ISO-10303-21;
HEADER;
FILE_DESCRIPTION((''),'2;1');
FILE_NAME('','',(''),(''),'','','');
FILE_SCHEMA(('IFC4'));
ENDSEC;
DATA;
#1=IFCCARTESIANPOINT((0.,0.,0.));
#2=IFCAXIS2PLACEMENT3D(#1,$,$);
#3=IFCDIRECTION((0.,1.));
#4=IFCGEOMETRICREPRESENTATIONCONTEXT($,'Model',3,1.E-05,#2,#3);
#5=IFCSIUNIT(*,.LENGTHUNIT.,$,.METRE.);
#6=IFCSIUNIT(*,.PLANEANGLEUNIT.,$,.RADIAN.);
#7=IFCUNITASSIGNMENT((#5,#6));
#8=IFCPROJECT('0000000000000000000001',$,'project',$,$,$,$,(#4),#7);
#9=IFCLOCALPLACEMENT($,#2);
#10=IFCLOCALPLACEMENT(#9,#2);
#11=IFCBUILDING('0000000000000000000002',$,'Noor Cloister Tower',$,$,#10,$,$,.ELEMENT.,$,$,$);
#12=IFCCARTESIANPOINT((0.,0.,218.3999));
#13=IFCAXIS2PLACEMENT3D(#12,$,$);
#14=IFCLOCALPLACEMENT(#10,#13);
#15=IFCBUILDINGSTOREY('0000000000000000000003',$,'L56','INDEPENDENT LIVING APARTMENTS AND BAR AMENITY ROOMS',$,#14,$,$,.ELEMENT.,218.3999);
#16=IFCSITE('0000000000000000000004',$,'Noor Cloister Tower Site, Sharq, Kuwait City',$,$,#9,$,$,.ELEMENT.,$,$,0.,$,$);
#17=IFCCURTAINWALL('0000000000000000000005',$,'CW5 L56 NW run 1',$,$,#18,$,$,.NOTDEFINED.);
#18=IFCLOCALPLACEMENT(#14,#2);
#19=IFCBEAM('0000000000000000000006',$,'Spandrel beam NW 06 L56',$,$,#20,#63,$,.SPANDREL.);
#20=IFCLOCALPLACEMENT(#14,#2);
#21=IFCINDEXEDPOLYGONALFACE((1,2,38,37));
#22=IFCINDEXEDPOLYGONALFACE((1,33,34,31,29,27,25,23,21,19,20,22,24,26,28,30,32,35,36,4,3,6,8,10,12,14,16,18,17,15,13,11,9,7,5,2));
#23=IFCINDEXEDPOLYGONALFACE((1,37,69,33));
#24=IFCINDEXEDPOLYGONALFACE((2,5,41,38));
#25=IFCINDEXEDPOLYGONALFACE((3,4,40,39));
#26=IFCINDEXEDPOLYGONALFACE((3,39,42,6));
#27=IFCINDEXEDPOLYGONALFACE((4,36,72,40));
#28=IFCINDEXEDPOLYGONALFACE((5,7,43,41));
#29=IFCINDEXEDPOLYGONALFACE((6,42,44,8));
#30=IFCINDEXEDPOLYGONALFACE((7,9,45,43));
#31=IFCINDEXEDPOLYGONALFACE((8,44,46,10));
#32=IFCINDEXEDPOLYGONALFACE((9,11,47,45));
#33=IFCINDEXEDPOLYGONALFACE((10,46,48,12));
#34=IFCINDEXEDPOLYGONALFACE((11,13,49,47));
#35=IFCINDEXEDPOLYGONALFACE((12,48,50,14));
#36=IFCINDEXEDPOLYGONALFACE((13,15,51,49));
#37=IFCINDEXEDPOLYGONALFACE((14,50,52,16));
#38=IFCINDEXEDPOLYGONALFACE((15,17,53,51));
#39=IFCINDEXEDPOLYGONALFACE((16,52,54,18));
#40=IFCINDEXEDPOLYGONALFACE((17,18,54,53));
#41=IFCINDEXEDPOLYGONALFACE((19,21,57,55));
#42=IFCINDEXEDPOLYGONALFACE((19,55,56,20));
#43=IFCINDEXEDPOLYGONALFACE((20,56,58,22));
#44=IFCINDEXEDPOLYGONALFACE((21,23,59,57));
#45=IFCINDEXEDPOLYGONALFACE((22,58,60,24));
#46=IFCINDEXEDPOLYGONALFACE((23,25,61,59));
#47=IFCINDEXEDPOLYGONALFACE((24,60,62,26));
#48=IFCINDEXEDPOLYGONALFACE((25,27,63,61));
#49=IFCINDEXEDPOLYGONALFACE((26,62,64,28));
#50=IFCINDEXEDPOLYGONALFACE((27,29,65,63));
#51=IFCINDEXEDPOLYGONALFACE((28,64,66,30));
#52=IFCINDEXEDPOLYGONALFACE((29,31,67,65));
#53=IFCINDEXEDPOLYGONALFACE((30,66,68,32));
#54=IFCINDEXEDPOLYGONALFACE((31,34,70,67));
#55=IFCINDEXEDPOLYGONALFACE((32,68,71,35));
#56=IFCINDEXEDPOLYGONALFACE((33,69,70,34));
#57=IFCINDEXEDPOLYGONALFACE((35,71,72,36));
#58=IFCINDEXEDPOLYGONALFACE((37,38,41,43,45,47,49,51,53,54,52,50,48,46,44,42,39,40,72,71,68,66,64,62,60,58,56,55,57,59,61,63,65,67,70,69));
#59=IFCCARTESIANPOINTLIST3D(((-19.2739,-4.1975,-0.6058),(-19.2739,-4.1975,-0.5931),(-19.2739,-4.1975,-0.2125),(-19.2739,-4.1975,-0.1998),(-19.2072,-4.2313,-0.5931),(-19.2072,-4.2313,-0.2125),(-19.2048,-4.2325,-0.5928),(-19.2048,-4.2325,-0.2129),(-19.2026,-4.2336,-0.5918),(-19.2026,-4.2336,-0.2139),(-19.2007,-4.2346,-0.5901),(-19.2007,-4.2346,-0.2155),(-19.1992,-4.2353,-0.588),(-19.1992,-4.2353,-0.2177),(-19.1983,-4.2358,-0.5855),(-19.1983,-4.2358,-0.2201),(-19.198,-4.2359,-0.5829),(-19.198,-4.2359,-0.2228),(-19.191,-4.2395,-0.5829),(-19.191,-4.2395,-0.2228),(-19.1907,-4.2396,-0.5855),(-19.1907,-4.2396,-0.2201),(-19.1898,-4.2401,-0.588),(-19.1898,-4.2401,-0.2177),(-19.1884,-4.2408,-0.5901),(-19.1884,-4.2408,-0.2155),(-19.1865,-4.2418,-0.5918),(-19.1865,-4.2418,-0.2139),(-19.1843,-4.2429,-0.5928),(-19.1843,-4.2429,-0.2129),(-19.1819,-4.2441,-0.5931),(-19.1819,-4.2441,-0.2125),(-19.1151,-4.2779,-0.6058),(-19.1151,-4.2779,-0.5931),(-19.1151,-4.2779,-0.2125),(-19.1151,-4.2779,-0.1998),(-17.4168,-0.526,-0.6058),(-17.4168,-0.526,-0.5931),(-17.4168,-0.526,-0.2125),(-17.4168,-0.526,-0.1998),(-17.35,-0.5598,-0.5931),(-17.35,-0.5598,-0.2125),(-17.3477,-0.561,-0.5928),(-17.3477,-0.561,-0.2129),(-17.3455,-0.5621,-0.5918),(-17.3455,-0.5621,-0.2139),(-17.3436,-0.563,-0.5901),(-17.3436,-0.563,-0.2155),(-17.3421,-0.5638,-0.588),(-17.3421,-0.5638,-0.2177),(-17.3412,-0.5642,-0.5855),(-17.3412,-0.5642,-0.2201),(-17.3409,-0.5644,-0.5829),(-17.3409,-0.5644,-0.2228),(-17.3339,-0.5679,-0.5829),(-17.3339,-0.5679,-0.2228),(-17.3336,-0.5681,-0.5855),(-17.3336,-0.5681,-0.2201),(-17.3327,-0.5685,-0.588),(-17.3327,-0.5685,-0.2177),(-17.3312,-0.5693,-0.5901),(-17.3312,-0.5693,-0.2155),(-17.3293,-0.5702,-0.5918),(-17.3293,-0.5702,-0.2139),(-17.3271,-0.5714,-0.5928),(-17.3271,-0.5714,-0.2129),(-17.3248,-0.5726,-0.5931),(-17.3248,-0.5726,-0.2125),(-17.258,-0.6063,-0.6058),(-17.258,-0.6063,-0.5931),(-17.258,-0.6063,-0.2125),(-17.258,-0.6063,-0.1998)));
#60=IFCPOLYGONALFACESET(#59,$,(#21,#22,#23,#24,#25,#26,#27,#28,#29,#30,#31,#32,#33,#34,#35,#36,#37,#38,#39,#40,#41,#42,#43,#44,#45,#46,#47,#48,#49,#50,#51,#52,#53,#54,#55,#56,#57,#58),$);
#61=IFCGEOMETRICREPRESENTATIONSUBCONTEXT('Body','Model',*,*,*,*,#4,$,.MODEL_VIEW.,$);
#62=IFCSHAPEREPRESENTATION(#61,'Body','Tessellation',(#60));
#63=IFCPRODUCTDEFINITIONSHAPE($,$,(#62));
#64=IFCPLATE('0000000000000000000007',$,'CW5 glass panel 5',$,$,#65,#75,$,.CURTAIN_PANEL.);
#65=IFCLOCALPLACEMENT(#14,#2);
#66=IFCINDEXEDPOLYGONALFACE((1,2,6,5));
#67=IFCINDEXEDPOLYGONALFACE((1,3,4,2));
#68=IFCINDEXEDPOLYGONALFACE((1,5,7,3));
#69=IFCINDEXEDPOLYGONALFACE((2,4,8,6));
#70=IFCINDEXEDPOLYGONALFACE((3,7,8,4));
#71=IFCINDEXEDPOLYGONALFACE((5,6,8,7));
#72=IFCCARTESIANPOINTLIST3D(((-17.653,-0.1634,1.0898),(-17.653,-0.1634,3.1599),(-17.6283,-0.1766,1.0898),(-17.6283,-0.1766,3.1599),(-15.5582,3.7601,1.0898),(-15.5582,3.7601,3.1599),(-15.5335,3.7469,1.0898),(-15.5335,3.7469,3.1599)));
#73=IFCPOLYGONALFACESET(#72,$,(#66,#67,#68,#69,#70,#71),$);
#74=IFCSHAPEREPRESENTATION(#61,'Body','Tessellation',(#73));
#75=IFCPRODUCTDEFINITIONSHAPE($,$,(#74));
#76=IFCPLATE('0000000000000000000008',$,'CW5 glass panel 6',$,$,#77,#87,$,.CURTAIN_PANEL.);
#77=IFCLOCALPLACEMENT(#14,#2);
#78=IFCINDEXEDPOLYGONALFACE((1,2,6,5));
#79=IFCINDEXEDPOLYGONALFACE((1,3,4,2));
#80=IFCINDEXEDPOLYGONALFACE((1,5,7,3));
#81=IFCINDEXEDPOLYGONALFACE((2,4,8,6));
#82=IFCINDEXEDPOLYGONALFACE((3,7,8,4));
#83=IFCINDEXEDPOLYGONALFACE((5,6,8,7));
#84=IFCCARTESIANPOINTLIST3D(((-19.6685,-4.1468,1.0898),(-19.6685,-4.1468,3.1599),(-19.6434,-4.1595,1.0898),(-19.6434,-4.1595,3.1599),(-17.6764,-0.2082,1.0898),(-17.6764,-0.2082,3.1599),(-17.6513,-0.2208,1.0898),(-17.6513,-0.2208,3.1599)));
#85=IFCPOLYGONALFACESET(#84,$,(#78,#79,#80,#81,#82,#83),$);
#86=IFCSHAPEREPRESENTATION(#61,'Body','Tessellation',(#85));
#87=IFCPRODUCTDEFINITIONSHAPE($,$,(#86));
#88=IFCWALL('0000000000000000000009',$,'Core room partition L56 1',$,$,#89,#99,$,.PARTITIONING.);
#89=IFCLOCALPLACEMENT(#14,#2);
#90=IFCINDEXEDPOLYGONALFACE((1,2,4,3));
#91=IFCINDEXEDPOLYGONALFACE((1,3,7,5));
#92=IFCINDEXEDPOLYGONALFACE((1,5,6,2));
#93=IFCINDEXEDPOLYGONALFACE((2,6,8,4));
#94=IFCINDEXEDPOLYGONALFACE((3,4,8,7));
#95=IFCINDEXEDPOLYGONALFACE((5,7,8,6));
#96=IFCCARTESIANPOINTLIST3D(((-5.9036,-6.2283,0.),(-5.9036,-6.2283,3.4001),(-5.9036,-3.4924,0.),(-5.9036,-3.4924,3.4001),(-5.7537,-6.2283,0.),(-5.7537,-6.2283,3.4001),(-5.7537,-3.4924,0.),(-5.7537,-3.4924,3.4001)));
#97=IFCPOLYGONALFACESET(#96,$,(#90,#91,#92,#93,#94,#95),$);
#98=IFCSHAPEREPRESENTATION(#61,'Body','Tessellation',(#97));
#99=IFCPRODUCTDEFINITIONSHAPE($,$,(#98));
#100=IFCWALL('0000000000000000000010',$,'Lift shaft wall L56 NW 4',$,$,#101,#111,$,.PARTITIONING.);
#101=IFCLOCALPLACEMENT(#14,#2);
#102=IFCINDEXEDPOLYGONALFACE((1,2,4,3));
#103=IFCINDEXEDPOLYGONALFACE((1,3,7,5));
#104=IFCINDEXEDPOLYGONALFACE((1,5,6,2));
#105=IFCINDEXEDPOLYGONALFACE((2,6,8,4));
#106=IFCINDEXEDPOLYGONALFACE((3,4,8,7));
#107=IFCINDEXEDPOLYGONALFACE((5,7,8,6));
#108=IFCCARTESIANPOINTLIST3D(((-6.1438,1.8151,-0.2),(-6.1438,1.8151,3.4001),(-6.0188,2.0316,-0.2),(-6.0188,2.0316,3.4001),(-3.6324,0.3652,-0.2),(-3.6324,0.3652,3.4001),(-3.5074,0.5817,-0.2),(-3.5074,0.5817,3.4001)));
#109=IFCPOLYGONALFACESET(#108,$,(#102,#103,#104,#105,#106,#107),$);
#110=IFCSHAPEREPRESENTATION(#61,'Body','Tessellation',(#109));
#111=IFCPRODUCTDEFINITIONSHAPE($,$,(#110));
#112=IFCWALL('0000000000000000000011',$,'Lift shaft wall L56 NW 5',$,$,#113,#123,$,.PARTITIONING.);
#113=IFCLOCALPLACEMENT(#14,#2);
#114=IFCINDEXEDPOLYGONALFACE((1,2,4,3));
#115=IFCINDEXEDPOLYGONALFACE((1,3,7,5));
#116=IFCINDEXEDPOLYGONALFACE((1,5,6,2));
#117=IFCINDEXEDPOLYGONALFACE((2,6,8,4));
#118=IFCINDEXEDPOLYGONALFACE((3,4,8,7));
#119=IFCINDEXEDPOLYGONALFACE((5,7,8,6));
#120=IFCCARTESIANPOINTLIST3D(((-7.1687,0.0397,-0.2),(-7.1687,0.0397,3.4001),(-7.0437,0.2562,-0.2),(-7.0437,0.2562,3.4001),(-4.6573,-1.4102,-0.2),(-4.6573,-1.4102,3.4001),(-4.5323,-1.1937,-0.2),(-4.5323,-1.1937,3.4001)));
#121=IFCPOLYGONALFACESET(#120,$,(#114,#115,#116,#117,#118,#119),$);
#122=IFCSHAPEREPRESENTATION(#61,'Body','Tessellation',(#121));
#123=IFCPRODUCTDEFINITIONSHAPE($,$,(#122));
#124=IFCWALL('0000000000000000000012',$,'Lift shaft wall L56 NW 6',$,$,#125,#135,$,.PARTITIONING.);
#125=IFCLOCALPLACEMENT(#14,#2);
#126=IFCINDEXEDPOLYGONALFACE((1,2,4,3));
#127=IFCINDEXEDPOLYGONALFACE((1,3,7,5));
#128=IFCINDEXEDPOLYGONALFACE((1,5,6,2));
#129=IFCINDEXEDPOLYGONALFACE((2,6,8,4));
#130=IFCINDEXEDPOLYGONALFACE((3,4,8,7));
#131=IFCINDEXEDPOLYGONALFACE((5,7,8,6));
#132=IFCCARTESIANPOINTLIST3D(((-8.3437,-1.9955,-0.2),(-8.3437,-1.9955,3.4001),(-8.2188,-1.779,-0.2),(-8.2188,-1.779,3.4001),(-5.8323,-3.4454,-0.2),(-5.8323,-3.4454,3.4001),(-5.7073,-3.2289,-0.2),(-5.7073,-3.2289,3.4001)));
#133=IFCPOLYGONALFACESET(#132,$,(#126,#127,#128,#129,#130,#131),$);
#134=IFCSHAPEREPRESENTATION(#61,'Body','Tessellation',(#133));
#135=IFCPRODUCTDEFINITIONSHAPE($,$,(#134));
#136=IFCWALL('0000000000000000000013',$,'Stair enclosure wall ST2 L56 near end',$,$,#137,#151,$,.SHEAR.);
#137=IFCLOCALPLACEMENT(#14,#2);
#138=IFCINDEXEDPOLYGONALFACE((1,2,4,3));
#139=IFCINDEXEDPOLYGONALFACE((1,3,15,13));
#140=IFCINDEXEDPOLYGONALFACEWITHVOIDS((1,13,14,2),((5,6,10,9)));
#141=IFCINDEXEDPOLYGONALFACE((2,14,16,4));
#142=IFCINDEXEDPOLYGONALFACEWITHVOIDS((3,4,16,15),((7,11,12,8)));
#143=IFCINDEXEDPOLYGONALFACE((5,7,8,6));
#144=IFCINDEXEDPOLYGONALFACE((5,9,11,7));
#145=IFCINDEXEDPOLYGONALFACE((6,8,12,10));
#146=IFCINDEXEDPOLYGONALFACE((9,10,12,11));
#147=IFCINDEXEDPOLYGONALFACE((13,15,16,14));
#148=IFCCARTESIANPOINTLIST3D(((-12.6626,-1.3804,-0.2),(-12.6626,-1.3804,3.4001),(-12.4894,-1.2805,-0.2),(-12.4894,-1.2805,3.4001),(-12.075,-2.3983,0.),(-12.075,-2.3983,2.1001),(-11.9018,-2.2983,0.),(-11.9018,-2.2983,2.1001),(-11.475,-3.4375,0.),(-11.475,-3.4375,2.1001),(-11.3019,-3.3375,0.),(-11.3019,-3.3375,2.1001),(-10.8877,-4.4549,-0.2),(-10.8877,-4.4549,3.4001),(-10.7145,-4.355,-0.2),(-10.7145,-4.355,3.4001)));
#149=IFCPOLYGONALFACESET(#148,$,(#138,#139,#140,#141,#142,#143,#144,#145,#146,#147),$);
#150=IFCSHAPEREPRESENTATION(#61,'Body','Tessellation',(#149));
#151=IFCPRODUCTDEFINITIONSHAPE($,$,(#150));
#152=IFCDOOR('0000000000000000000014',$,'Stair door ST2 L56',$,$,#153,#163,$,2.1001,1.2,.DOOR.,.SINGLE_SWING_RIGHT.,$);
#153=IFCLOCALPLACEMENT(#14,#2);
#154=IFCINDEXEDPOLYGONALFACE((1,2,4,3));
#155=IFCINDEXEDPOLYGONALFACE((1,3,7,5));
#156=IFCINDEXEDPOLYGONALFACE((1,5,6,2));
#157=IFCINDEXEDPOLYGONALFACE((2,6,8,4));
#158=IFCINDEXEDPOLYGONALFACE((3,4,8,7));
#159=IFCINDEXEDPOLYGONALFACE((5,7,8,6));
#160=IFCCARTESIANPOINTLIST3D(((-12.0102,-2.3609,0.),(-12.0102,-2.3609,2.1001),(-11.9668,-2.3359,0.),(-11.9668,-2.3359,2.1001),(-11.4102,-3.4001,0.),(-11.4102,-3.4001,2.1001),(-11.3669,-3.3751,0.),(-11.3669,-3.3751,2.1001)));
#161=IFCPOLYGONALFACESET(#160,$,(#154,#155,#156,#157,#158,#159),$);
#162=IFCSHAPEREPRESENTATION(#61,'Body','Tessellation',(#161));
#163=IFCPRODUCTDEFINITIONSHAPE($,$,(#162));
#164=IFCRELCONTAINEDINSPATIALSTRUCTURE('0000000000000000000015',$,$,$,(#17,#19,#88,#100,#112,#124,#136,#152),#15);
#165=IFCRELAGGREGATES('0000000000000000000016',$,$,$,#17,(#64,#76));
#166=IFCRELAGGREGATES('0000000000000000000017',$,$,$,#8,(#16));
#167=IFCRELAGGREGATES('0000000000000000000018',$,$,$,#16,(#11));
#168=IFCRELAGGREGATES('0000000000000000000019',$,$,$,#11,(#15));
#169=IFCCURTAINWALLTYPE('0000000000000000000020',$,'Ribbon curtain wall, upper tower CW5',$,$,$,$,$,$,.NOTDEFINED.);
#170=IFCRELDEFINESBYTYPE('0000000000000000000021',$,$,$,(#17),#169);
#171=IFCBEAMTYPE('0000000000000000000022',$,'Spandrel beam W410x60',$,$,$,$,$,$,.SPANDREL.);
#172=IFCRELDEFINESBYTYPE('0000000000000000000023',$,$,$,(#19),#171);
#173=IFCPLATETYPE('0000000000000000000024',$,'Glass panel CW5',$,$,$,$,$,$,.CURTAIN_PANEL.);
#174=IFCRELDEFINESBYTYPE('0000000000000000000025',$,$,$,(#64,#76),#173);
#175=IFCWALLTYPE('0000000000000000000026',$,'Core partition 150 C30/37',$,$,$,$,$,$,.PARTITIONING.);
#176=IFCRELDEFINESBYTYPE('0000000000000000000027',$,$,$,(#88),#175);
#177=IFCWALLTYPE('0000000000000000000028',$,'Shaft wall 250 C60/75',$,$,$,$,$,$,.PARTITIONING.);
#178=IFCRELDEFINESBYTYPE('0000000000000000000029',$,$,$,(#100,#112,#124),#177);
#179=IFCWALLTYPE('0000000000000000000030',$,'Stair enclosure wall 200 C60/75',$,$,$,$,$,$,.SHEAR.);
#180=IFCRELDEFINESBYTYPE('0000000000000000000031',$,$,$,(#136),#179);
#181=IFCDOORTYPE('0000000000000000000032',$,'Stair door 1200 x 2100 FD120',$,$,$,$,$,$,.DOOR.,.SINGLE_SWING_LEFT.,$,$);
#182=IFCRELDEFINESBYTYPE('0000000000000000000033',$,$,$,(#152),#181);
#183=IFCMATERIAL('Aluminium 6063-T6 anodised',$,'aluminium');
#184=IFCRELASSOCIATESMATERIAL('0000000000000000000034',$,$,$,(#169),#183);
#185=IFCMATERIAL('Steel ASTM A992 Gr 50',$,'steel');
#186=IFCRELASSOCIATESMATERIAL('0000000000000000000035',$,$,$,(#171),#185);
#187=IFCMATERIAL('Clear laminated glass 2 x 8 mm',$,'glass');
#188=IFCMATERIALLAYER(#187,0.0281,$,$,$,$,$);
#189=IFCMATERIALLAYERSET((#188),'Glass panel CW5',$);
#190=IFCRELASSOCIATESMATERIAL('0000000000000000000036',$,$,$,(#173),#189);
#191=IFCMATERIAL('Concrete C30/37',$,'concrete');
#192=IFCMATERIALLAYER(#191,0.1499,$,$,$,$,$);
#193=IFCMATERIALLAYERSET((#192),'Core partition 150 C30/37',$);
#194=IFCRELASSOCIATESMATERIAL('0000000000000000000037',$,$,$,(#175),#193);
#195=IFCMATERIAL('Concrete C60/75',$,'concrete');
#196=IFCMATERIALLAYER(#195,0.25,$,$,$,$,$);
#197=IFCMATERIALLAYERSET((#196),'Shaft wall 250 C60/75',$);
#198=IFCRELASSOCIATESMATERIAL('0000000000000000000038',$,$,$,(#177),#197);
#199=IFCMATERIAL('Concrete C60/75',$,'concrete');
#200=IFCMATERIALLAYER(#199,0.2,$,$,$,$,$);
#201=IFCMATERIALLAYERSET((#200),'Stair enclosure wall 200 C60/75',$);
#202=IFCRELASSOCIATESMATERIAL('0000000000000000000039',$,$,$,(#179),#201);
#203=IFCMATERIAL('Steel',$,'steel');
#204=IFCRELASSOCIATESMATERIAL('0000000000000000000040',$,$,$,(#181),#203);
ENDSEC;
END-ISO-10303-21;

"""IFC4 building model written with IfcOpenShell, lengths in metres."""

from ifc_helpers import new_model, si_unit, direction, frame, frame_2d, origin, origin_2d, place, context, subcontext, project, spatial, rectangle, i_section, extrude, material, layer, layer_set, material_profile, profile_set, type_object, element, fill, aggregate, save


model = new_model("IFC4")

# Units and contexts
model_context = context("Model", 3, precision=1e-05, world=origin(), true_north=direction((0.0, 1.0)))
body_context = subcontext(model_context, "Body", "Model", "MODEL_VIEW")
ifc_project = project(units=[si_unit("LENGTHUNIT", "METRE"), si_unit("PLANEANGLEUNIT", "RADIAN")], contexts=[model_context])

# Site, building, storey
site_placement = place(None, origin())
site = spatial("IfcSite", under=ifc_project, at=site_placement, Name="Noor Cloister Tower Site, Sharq, Kuwait City", CompositionType="ELEMENT", RefElevation=0.0)
building_placement = place(site_placement, origin())
building = spatial("IfcBuilding", under=site, at=building_placement, Name="Noor Cloister Tower", CompositionType="ELEMENT")
storey_placement = place(building_placement, frame((0.0, 0.0, 218.3999)))
storey = spatial("IfcBuildingStorey", under=building, at=storey_placement, Name="L56", Description="INDEPENDENT LIVING APARTMENTS AND BAR AMENITY ROOMS", CompositionType="ELEMENT", Elevation=218.3999)

# Curtain wall
ifc_material_1 = material(Name="Aluminium 6063-T6 anodised", Category="aluminium")
curtain_wall_type = type_object("IfcCurtainWallType", Name="Ribbon curtain wall, upper tower CW5", PredefinedType="NOTDEFINED", material=ifc_material_1)
curtain_wall_placement = place(storey_placement, origin())
curtain_wall = element("IfcCurtainWall", 1, at=curtain_wall_placement, inside=storey, type_object=curtain_wall_type, Name="CW5 L56 NW run 1", PredefinedType="NOTDEFINED")

# Beam
ifc_material_2 = material(Name="Steel ASTM A992 Gr 50", Category="steel")
ifc_material_profile_1 = material_profile(ifc_material_2, i_section(OverallWidth=0.178, OverallDepth=0.406, WebThickness=0.0078, FlangeThickness=0.0127, FilletRadius=0.0103, at=origin_2d()), Name="W410x60")
ifc_profile_set_1 = profile_set([ifc_material_profile_1], Name="Steel ASTM A992 Gr 50")
beam_type_1 = type_object("IfcBeamType", Name="Spandrel beam W410x60", PredefinedType="SPANDREL", material=ifc_profile_set_1)
beam_1_placement = place(storey_placement, frame((-17.3374, -0.5662, -0.4028), z_axis=(-0.451362, -0.892341, 0.0), x_axis=(0.892341, -0.451362, 0.0)))
element("IfcBeam", 2, at=beam_1_placement, inside=storey, type_object=beam_type_1, Name="Spandrel beam NW 06 L56", PredefinedType="SPANDREL", context=body_context, shape_type="SweptSolid", body=[
    extrude(i_section(OverallWidth=0.178, OverallDepth=0.406, WebThickness=0.0078, FlangeThickness=0.0127, FilletRadius=0.0103, at=origin_2d()), origin(), (0.0, 0.0, 1.0), 4.1145),
])

# Plates
ifc_material_3 = material(Name="Clear laminated glass 2 x 8 mm", Category="glass")
ifc_layer_1 = layer(ifc_material_3, 0.0281)
ifc_layer_set_1 = layer_set([ifc_layer_1], Name="Glass panel CW5")
plate_type = type_object("IfcPlateType", Name="Glass panel CW5", PredefinedType="CURTAIN_PANEL", material=ifc_layer_set_1)
plate_1_placement = place(storey_placement, frame((-16.5933, 1.7917, 1.0898), z_axis=(0.0, 0.0, 1.0), x_axis=(-0.470978, -0.882145, 0.0)))
plate_1 = element("IfcPlate", 3, at=plate_1_placement, type_object=plate_type, Name="CW5 glass panel 5", PredefinedType="CURTAIN_PANEL", context=body_context, shape_type="SweptSolid", body=[
    extrude(rectangle(XDim=4.4478, YDim=0.0281, at=origin_2d()), origin(), (0.0, 0.0, 1.0), 2.0701),
])
plate_2_placement = place(storey_placement, frame((-18.6599, -2.1838, 1.0898), z_axis=(0.0, 0.0, 1.0), x_axis=(-0.451339, -0.892353, 0.0)))
plate_2 = element("IfcPlate", 4, at=plate_2_placement, type_object=plate_type, Name="CW5 glass panel 6", PredefinedType="CURTAIN_PANEL", context=body_context, shape_type="SweptSolid", body=[
    extrude(rectangle(XDim=4.4138, YDim=0.0281, at=origin_2d()), origin(), (0.0, 0.0, 1.0), 2.0701),
])
aggregate(curtain_wall, [plate_1, plate_2])

# Walls
ifc_material_4 = material(Name="Concrete C30/37", Category="concrete")
ifc_layer_2 = layer(ifc_material_4, 0.1499)
ifc_layer_set_2 = layer_set([ifc_layer_2], Name="Core partition 150 C30/37")
wall_type_1 = type_object("IfcWallType", Name="Core partition 150 C30/37", PredefinedType="PARTITIONING", material=ifc_layer_set_2)
wall_1_placement = place(storey_placement, frame((-5.8286, -3.4924, 0.0), z_axis=(0.0, 0.0, 1.0), x_axis=(0.0, -1.0, 0.0)))
element("IfcWall", 5, at=wall_1_placement, inside=storey, type_object=wall_type_1, Name="Core room partition L56 1", PredefinedType="PARTITIONING", context=body_context, shape_type="SweptSolid", body=[
    extrude(rectangle(XDim=2.7358, YDim=0.1499, at=frame_2d((1.3679, 0.0))), origin(), (0.0, 0.0, 1.0), 3.4001),
])
ifc_material_5 = material(Name="Concrete C60/75", Category="concrete")
ifc_layer_3 = layer(ifc_material_5, 0.25)
ifc_layer_set_3 = layer_set([ifc_layer_3], Name="Shaft wall 250 C60/75")
wall_type_2 = type_object("IfcWallType", Name="Shaft wall 250 C60/75", PredefinedType="PARTITIONING", material=ifc_layer_set_3)
for number, where, z_axis, x_axis, name in (
    (6, (-6.0813, 1.9233, -0.2), (0.0, 0.0, 1.0), (0.866033, -0.499987, 0.0), "Lift shaft wall L56 NW 4"),
    (7, (-7.1062, 0.1479, -0.2), (0.0, 0.0, 1.0), (0.866033, -0.499987, 0.0), "Lift shaft wall L56 NW 5"),
    (8, (-8.2812, -1.8872, -0.2), (0.0, 0.0, 1.0), (0.866033, -0.499987, 0.0), "Lift shaft wall L56 NW 6"),
):
    element("IfcWall", number, at=place(storey_placement, frame(where, z_axis=z_axis, x_axis=x_axis)), inside=storey, type_object=wall_type_2, Name=name, PredefinedType="PARTITIONING", context=body_context, shape_type="SweptSolid", body=[
        extrude(rectangle(XDim=2.8999, YDim=0.25, at=frame_2d((1.45, 0.0))), origin(), (0.0, 0.0, 1.0), 3.6001),
    ])

# Wall, opening, door
ifc_material_6 = material(Name="Concrete C60/75", Category="concrete")
ifc_layer_4 = layer(ifc_material_6, 0.2)
ifc_layer_set_4 = layer_set([ifc_layer_4], Name="Stair enclosure wall 200 C60/75")
wall_type_3 = type_object("IfcWallType", Name="Stair enclosure wall 200 C60/75", PredefinedType="SHEAR", material=ifc_layer_set_4)
wall_2_placement = place(storey_placement, frame((-12.5759, -1.3306, -0.2), z_axis=(0.0, 0.0, 1.0), x_axis=(0.49997, -0.866042, 0.0)))
wall_2 = element("IfcWall", 9, at=wall_2_placement, inside=storey, type_object=wall_type_3, Name="Stair enclosure wall ST2 L56 near end", PredefinedType="SHEAR", context=body_context, shape_type="SweptSolid", body=[
    extrude(rectangle(XDim=3.55, YDim=0.2, at=frame_2d((1.7749, 0.0))), origin(), (0.0, 0.0, 1.0), 3.6001),
])
opening_1_placement = place(wall_2_placement, frame((1.175, 0.0, 0.2)))
opening_1 = element("IfcOpeningElement", 10, at=opening_1_placement, cuts=wall_2, PredefinedType="OPENING", context=body_context, shape_type="SweptSolid", body=[
    extrude(rectangle(XDim=1.2, YDim=2.1001, at=frame_2d((0.6001, 1.05))), frame((0.0, 0.1099, 0.0), z_axis=(0.0, -1.0, 0.0), x_axis=(1.0, 0.0, 0.0)), (0.0, 0.0, 1.0), 0.22),
])
ifc_material_7 = material(Name="Steel", Category="steel")
door_type = type_object("IfcDoorType", Name="Stair door 1200 x 2100 FD120", OperationType="SINGLE_SWING_LEFT", PredefinedType="DOOR", material=ifc_material_7)
door_1_placement = place(opening_1_placement, origin())
door_1 = element("IfcDoor", 11, at=door_1_placement, inside=storey, type_object=door_type, Name="Stair door ST2 L56", OperationType="SINGLE_SWING_RIGHT", OverallHeight=2.1001, OverallWidth=1.2, PredefinedType="DOOR", context=body_context, shape_type="SweptSolid", body=[
    extrude(rectangle(XDim=1.2, YDim=2.1001, at=frame_2d((0.6001, 1.05))), frame((0.0, 0.0249, 0.0), z_axis=(0.0, -1.0, 0.0), x_axis=(1.0, 0.0, 0.0)), (0.0, 0.0, 1.0), 0.05),
])
fill(opening_1, door_1)

save(model, "model.ifc")
